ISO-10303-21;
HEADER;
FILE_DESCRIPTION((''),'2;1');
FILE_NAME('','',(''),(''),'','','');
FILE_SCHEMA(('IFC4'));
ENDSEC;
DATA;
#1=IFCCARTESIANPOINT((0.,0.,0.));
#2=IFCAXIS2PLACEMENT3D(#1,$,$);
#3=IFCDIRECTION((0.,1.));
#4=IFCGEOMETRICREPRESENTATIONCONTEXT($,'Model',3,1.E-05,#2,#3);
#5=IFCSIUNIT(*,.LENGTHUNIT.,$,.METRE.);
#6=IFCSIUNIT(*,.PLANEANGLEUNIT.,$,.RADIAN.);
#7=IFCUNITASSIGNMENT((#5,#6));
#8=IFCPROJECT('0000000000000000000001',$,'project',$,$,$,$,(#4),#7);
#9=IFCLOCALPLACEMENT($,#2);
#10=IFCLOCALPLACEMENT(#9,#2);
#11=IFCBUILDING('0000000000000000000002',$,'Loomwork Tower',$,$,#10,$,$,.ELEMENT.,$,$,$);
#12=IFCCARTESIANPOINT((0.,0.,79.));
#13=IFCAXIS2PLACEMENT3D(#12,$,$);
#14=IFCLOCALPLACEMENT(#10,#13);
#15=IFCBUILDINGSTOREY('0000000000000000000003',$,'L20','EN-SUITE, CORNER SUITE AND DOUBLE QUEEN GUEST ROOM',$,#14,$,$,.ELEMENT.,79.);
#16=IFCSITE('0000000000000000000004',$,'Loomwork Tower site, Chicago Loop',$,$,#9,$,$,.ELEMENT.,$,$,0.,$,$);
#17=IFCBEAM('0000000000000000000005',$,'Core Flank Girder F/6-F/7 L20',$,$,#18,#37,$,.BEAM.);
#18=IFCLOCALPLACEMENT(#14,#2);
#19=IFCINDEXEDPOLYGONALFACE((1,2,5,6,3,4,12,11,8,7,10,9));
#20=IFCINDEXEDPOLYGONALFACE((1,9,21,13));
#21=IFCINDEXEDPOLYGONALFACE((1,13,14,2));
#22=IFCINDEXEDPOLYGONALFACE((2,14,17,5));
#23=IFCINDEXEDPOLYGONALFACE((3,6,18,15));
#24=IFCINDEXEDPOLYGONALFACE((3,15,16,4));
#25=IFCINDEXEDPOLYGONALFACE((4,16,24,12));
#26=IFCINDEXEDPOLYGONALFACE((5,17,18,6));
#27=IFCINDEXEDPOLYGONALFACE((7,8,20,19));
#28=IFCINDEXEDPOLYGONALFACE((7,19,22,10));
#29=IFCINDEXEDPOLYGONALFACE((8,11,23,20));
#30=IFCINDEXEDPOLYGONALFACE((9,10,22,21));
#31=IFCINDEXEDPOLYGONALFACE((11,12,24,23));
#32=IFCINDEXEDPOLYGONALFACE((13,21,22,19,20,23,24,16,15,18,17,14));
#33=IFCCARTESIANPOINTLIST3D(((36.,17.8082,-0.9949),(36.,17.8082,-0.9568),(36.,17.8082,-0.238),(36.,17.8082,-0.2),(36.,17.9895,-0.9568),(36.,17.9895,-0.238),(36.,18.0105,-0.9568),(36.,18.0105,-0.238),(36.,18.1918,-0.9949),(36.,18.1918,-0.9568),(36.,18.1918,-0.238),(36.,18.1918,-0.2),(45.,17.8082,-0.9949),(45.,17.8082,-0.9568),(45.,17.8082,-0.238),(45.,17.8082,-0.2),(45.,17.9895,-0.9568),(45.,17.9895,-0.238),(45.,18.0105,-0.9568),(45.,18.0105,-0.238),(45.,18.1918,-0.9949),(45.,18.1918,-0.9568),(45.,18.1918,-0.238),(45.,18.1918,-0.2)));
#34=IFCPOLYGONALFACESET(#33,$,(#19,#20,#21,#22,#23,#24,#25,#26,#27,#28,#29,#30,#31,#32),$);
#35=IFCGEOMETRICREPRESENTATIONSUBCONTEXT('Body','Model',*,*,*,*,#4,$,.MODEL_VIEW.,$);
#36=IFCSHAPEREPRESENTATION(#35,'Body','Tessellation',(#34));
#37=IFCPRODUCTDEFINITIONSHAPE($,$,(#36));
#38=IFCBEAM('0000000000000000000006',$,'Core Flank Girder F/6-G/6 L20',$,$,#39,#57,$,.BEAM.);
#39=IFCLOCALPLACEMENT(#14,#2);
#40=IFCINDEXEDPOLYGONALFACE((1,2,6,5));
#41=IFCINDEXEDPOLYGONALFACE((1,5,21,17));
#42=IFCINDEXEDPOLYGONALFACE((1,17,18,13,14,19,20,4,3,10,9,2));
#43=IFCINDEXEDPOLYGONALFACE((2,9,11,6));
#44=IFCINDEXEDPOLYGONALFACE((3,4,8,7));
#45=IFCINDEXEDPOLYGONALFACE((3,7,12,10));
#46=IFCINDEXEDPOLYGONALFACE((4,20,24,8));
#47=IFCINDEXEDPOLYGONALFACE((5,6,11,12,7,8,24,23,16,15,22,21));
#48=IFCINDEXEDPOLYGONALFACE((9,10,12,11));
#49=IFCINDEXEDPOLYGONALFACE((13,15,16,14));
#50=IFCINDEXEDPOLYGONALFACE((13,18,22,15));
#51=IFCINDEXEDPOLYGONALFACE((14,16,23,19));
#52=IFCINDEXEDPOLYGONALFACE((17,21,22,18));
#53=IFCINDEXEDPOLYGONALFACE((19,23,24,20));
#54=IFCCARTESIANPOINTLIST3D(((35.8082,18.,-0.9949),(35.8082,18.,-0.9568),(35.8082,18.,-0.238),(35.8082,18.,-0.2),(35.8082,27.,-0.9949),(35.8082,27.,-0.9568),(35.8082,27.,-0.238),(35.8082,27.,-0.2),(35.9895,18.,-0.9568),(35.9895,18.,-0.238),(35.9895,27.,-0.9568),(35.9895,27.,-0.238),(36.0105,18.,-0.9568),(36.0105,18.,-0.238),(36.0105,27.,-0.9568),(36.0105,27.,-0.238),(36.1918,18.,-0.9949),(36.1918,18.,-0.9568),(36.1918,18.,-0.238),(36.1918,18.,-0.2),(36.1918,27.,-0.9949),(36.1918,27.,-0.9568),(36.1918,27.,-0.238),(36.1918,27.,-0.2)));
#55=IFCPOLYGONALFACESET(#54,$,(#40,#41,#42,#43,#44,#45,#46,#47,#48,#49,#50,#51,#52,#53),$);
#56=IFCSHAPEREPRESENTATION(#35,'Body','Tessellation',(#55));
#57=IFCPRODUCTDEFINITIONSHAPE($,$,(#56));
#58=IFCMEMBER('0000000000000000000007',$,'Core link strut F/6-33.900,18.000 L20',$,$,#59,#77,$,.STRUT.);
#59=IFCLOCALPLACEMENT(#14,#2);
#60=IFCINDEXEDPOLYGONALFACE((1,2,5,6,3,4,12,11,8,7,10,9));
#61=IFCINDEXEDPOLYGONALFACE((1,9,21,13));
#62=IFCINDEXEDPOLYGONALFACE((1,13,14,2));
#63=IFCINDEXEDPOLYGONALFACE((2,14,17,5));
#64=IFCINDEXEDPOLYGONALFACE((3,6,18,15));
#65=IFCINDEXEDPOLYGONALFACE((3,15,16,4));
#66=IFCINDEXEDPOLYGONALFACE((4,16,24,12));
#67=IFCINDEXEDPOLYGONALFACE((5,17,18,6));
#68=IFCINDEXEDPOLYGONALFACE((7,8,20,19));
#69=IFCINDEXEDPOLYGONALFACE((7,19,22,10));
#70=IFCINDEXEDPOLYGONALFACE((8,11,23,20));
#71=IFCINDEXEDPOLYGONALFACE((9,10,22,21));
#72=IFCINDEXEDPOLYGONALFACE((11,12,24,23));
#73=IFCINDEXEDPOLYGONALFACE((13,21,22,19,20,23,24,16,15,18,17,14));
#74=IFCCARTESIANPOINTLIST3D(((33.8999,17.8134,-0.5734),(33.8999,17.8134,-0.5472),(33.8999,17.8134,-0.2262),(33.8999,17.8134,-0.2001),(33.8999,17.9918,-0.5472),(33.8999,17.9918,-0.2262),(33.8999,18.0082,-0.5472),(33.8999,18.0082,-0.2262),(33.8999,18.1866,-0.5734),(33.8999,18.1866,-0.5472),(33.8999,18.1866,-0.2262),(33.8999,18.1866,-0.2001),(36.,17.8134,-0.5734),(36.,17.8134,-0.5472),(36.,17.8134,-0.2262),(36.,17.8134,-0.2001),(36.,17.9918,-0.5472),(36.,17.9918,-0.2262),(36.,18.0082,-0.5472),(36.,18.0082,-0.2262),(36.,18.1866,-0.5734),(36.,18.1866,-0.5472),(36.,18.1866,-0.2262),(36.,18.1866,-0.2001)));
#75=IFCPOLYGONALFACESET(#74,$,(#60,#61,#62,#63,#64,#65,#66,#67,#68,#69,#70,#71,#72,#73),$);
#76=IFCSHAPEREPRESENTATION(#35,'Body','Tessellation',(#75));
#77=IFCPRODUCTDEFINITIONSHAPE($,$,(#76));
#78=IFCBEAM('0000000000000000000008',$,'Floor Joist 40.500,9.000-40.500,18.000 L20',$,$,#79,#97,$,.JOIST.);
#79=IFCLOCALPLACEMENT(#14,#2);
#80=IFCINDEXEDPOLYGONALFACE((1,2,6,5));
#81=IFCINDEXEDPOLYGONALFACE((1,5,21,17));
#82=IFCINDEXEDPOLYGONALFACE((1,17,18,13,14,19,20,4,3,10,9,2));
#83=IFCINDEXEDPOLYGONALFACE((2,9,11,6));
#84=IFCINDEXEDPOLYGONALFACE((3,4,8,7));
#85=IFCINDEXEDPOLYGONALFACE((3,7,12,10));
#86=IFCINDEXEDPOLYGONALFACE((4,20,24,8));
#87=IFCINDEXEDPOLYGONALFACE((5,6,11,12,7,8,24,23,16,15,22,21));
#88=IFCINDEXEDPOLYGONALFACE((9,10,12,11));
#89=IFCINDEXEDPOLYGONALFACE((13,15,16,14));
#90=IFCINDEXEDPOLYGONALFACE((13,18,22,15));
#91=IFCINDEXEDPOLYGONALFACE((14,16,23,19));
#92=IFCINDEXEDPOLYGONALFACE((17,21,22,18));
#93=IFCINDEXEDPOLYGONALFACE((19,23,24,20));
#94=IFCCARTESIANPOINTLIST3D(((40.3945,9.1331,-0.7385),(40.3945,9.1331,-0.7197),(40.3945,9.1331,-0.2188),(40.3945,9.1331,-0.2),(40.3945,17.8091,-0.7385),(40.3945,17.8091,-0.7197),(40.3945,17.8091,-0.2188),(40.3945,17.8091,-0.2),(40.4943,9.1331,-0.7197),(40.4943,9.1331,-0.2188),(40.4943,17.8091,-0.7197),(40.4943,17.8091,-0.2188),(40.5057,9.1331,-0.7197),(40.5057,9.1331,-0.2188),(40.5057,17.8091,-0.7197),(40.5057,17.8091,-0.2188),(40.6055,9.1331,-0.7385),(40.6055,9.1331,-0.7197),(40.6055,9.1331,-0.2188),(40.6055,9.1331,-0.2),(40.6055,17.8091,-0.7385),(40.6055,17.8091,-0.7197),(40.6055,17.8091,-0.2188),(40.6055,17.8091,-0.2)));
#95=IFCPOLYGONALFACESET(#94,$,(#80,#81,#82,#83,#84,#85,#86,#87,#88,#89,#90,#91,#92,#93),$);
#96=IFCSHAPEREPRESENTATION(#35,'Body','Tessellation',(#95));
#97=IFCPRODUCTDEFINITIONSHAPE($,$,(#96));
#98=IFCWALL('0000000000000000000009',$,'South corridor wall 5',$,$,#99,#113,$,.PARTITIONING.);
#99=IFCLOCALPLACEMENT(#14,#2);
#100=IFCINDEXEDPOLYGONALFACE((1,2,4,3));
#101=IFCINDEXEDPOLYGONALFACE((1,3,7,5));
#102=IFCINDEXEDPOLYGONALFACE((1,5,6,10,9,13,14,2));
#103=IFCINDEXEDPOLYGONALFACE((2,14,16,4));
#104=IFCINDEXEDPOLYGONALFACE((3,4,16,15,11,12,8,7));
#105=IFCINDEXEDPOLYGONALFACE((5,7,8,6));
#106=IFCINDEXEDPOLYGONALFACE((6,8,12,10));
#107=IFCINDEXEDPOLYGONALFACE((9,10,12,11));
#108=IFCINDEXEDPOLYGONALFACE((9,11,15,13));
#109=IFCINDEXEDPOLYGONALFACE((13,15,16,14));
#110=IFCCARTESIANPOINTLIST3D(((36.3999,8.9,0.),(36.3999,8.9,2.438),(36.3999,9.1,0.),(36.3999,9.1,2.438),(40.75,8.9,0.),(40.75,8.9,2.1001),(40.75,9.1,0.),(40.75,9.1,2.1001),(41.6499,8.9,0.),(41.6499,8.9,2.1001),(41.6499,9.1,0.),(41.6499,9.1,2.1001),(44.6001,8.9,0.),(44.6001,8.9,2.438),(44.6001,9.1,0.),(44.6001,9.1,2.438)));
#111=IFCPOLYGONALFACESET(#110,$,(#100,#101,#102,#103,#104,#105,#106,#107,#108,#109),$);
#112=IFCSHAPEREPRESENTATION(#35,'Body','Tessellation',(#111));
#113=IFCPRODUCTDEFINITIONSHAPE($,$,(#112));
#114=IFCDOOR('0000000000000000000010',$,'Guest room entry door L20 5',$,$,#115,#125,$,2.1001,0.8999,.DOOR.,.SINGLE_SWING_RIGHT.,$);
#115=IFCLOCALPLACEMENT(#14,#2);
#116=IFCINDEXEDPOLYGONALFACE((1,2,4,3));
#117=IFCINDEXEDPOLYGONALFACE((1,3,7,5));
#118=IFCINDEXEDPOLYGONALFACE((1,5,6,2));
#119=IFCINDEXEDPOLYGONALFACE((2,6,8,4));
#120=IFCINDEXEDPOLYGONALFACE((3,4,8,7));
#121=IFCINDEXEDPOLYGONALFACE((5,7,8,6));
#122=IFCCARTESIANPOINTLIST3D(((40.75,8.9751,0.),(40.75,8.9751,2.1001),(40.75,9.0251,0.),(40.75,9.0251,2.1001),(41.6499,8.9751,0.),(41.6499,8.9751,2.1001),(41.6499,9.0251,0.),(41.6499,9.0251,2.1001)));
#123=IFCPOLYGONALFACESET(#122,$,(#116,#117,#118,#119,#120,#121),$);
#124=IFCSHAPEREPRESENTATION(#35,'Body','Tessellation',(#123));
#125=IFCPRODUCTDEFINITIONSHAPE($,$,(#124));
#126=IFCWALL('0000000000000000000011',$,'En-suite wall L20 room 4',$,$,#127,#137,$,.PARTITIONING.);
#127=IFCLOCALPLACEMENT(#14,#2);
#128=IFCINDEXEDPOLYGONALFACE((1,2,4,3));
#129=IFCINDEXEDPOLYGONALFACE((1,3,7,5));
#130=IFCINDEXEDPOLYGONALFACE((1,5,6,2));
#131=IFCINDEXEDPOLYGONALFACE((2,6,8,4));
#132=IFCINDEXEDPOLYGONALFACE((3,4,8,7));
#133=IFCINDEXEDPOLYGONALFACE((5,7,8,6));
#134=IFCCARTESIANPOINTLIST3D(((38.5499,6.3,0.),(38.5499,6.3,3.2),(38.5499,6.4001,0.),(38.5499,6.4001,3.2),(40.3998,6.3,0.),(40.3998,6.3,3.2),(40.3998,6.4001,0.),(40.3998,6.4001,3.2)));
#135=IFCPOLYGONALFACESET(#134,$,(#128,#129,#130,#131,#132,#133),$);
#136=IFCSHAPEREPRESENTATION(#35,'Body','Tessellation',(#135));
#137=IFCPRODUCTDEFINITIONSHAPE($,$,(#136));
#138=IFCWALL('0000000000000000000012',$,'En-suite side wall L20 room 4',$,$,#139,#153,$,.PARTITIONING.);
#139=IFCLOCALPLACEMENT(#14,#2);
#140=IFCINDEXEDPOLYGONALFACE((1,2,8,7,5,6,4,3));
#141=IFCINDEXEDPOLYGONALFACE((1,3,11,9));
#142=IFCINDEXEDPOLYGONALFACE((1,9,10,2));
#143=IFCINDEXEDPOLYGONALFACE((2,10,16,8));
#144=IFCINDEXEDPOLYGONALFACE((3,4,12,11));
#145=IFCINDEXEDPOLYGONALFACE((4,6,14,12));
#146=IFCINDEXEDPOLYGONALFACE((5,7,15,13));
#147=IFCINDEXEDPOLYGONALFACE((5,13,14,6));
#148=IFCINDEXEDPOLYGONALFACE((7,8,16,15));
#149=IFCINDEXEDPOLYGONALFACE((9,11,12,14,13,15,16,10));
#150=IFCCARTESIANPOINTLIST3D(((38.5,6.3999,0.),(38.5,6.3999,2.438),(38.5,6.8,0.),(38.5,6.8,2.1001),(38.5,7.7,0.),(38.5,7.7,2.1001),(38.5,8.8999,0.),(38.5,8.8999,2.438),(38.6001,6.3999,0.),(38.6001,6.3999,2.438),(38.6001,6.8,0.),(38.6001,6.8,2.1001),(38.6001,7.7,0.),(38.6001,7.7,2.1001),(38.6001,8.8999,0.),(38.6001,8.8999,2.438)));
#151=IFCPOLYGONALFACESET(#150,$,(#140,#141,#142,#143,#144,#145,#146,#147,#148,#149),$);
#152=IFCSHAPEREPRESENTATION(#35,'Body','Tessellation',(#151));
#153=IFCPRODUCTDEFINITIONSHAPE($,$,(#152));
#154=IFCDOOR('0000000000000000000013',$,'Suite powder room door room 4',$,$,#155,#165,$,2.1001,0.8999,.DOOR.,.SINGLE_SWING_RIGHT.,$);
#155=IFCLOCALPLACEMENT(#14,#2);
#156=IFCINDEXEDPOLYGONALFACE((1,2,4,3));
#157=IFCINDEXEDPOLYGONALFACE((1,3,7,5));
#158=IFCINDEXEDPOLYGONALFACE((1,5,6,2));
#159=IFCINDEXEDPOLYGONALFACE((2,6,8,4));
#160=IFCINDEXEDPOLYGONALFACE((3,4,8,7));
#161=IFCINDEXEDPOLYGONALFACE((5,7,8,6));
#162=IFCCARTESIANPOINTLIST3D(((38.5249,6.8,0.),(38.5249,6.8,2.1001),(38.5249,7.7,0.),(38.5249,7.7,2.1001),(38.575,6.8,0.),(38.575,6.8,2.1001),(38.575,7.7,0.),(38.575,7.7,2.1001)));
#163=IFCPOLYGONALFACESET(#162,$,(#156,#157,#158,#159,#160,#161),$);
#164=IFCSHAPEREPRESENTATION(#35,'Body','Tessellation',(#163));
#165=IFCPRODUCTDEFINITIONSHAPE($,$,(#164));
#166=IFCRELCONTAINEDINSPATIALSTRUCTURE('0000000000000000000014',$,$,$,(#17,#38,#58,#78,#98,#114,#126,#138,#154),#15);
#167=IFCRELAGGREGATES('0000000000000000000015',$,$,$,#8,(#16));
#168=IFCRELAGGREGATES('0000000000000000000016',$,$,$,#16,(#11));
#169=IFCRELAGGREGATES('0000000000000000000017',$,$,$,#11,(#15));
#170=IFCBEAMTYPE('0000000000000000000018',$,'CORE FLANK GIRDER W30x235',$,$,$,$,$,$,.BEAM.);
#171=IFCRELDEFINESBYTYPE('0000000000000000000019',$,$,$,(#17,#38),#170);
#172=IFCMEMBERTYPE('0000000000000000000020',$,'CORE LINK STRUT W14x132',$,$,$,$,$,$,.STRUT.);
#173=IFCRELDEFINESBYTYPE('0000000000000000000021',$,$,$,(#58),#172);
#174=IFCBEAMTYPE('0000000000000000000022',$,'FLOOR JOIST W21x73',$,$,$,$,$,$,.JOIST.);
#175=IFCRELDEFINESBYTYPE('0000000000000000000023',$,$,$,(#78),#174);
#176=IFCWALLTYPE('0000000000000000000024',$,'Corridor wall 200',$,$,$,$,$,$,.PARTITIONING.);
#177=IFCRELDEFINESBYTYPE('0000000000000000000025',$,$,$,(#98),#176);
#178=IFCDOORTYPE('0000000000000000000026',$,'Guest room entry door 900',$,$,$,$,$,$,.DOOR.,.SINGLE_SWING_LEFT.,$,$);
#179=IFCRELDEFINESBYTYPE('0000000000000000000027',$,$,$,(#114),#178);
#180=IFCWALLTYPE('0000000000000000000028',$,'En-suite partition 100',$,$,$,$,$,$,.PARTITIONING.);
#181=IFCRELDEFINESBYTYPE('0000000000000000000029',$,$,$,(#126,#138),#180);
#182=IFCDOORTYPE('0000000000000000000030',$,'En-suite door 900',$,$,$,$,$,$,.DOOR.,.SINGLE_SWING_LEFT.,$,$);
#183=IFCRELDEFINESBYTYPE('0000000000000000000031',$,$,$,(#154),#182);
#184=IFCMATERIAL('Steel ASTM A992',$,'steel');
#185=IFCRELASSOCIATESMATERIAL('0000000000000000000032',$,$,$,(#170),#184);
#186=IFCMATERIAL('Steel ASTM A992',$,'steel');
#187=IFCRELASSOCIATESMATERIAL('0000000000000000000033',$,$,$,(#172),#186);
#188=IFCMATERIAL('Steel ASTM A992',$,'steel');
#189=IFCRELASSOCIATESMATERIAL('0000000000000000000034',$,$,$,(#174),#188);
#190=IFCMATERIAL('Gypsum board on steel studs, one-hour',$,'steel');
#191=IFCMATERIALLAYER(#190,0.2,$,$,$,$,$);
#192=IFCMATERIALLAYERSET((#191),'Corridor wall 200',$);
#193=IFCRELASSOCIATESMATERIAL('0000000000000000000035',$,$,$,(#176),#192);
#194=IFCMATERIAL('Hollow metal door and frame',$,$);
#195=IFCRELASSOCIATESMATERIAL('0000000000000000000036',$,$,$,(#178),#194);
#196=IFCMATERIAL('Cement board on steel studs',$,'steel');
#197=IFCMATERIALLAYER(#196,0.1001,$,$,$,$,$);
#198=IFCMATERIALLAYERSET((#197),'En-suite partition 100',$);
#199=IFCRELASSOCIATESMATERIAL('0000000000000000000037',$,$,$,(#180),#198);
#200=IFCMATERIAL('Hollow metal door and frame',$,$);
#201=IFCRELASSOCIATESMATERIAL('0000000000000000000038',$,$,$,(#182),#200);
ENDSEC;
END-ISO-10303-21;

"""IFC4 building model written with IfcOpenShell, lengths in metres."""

from ifc_helpers import new_model, si_unit, direction, frame, frame_2d, origin, origin_2d, place, context, subcontext, project, spatial, rectangle, i_section, extrude, material, layer, layer_set, material_profile, profile_set, type_object, element, fill, save


model = new_model("IFC4")

# Units and contexts
model_context = context("Model", 3, precision=1e-05, world=origin(), true_north=direction((0.0, 1.0)))
body_context = subcontext(model_context, "Body", "Model", "MODEL_VIEW")
ifc_project = project(units=[si_unit("LENGTHUNIT", "METRE"), si_unit("PLANEANGLEUNIT", "RADIAN")], contexts=[model_context])

# Site, building, storey
site_placement = place(None, origin())
site = spatial("IfcSite", under=ifc_project, at=site_placement, Name="Loomwork Tower site, Chicago Loop", CompositionType="ELEMENT", RefElevation=0.0)
building_placement = place(site_placement, origin())
building = spatial("IfcBuilding", under=site, at=building_placement, Name="Loomwork Tower", CompositionType="ELEMENT")
storey_placement = place(building_placement, frame((0.0, 0.0, 79.0)))
storey = spatial("IfcBuildingStorey", under=building, at=storey_placement, Name="L20", Description="EN-SUITE, CORNER SUITE AND DOUBLE QUEEN GUEST ROOM", CompositionType="ELEMENT", Elevation=79.0)

# Beams
ifc_material_1 = material(Name="Steel ASTM A992", Category="steel")
ifc_material_profile_1 = material_profile(ifc_material_1, i_section(OverallWidth=0.3835, OverallDepth=0.7949, WebThickness=0.021, FlangeThickness=0.0381, at=origin_2d()), Name="W30x235")
ifc_profile_set_1 = profile_set([ifc_material_profile_1], Name="Steel ASTM A992")
beam_type_1 = type_object("IfcBeamType", Name="CORE FLANK GIRDER W30x235", PredefinedType="BEAM", material=ifc_profile_set_1)
for number, where, z_axis, x_axis, name in (
    (1, (36.0, 18.0, -0.5974), (1.0, 0.0, 0.0), (0.0, 1.0, 0.0), "Core Flank Girder F/6-F/7 L20"),
    (2, (36.0, 18.0, -0.5974), (0.0, 1.0, 0.0), (-1.0, 0.0, 0.0), "Core Flank Girder F/6-G/6 L20"),
):
    element("IfcBeam", number, at=place(storey_placement, frame(where, z_axis=z_axis, x_axis=x_axis)), inside=storey, type_object=beam_type_1, Name=name, PredefinedType="BEAM", context=body_context, shape_type="SweptSolid", body=[
        extrude(i_section(OverallWidth=0.3835, OverallDepth=0.7949, WebThickness=0.021, FlangeThickness=0.0381, at=origin_2d()), origin(), (0.0, 0.0, 1.0), 9.0),
    ])

# Member
ifc_material_2 = material(Name="Steel ASTM A992", Category="steel")
ifc_material_profile_2 = material_profile(ifc_material_2, i_section(OverallWidth=0.3733, OverallDepth=0.3733, WebThickness=0.0164, FlangeThickness=0.0261, at=origin_2d()), Name="W14x132")
ifc_profile_set_2 = profile_set([ifc_material_profile_2], Name="Steel ASTM A992")
member_type = type_object("IfcMemberType", Name="CORE LINK STRUT W14x132", PredefinedType="STRUT", material=ifc_profile_set_2)
member_placement = place(storey_placement, frame((36.0, 18.0, -0.3867), z_axis=(-1.0, 0.0, 0.0), x_axis=(0.0, -1.0, 0.0)))
element("IfcMember", 3, at=member_placement, inside=storey, type_object=member_type, Name="Core link strut F/6-33.900,18.000 L20", PredefinedType="STRUT", context=body_context, shape_type="SweptSolid", body=[
    extrude(i_section(OverallWidth=0.3733, OverallDepth=0.3733, WebThickness=0.0164, FlangeThickness=0.0261, at=origin_2d()), origin(), (0.0, 0.0, 1.0), 2.1001),
])

# Beam
ifc_material_3 = material(Name="Steel ASTM A992", Category="steel")
ifc_material_profile_3 = material_profile(ifc_material_3, i_section(OverallWidth=0.2109, OverallDepth=0.5386, WebThickness=0.0115, FlangeThickness=0.0188, at=origin_2d()), Name="W21x73")
ifc_profile_set_3 = profile_set([ifc_material_profile_3], Name="Steel ASTM A992")
beam_type_2 = type_object("IfcBeamType", Name="FLOOR JOIST W21x73", PredefinedType="JOIST", material=ifc_profile_set_3)
beam_placement = place(storey_placement, frame((40.5, 9.1331, -0.4692), z_axis=(0.0, 1.0, 0.0), x_axis=(-1.0, 0.0, 0.0)))
element("IfcBeam", 4, at=beam_placement, inside=storey, type_object=beam_type_2, Name="Floor Joist 40.500,9.000-40.500,18.000 L20", PredefinedType="JOIST", context=body_context, shape_type="SweptSolid", body=[
    extrude(i_section(OverallWidth=0.2109, OverallDepth=0.5386, WebThickness=0.0115, FlangeThickness=0.0188, at=origin_2d()), origin(), (0.0, 0.0, 1.0), 8.676),
])

# Wall, opening, door
ifc_material_4 = material(Name="Gypsum board on steel studs, one-hour", Category="steel")
ifc_layer_1 = layer(ifc_material_4, 0.2)
ifc_layer_set_1 = layer_set([ifc_layer_1], Name="Corridor wall 200")
wall_type_1 = type_object("IfcWallType", Name="Corridor wall 200", PredefinedType="PARTITIONING", material=ifc_layer_set_1)
wall_1_placement = place(storey_placement, frame((36.3999, 9.0, 0.0), z_axis=(0.0, 0.0, 1.0), x_axis=(1.0, 0.0, 0.0)))
wall_1 = element("IfcWall", 5, at=wall_1_placement, inside=storey, type_object=wall_type_1, Name="South corridor wall 5", PredefinedType="PARTITIONING", context=body_context, shape_type="SweptSolid", body=[
    extrude(rectangle(XDim=8.2002, YDim=0.2, at=frame_2d((4.1001, 0.0))), origin(), (0.0, 0.0, 1.0), 2.438),
])
opening_1_placement = place(wall_1_placement, frame((4.3501, 0.0, 0.0)))
opening_1 = element("IfcOpeningElement", 6, at=opening_1_placement, cuts=wall_1, PredefinedType="OPENING", context=body_context, shape_type="SweptSolid", body=[
    extrude(rectangle(XDim=0.8999, YDim=2.1001, at=frame_2d((0.45, 1.05))), frame((0.0, 0.1099, 0.0), z_axis=(0.0, -1.0, 0.0), x_axis=(1.0, 0.0, 0.0)), (0.0, 0.0, 1.0), 0.22),
])
ifc_material_5 = material(Name="Hollow metal door and frame")
door_type_1 = type_object("IfcDoorType", Name="Guest room entry door 900", OperationType="SINGLE_SWING_LEFT", PredefinedType="DOOR", material=ifc_material_5)
door_1_placement = place(opening_1_placement, frame((0.8999, 0.0, 0.0), z_axis=(0.0, 0.0, 1.0), x_axis=(-1.0, 0.0, 0.0)))
door_1 = element("IfcDoor", 7, at=door_1_placement, inside=storey, type_object=door_type_1, Name="Guest room entry door L20 5", OperationType="SINGLE_SWING_RIGHT", OverallHeight=2.1001, OverallWidth=0.8999, PredefinedType="DOOR", context=body_context, shape_type="SweptSolid", body=[
    extrude(rectangle(XDim=0.8999, YDim=2.1001, at=frame_2d((0.45, 1.05))), frame((0.0, 0.0249, 0.0), z_axis=(0.0, -1.0, 0.0), x_axis=(1.0, 0.0, 0.0)), (0.0, 0.0, 1.0), 0.05),
])
fill(opening_1, door_1)

# Wall
ifc_material_6 = material(Name="Cement board on steel studs", Category="steel")
ifc_layer_2 = layer(ifc_material_6, 0.1001)
ifc_layer_set_2 = layer_set([ifc_layer_2], Name="En-suite partition 100")
wall_type_2 = type_object("IfcWallType", Name="En-suite partition 100", PredefinedType="PARTITIONING", material=ifc_layer_set_2)
wall_2_placement = place(storey_placement, frame((38.55, 6.3501, 0.0), z_axis=(0.0, 0.0, 1.0), x_axis=(1.0, 0.0, 0.0)))
element("IfcWall", 8, at=wall_2_placement, inside=storey, type_object=wall_type_2, Name="En-suite wall L20 room 4", PredefinedType="PARTITIONING", context=body_context, shape_type="SweptSolid", body=[
    extrude(rectangle(XDim=1.8499, YDim=0.1001, at=frame_2d((0.9248, 0.0))), origin(), (0.0, 0.0, 1.0), 3.2),
])

# Wall, opening, door
wall_3_placement = place(storey_placement, frame((38.55, 8.8999, 0.0), z_axis=(0.0, 0.0, 1.0), x_axis=(0.0, -1.0, 0.0)))
wall_3 = element("IfcWall", 9, at=wall_3_placement, inside=storey, type_object=wall_type_2, Name="En-suite side wall L20 room 4", PredefinedType="PARTITIONING", context=body_context, shape_type="SweptSolid", body=[
    extrude(rectangle(XDim=2.5, YDim=0.1001, at=frame_2d((1.25, 0.0))), origin(), (0.0, 0.0, 1.0), 2.438),
])
opening_2_placement = place(wall_3_placement, frame((1.2, 0.0, 0.0)))
opening_2 = element("IfcOpeningElement", 10, at=opening_2_placement, cuts=wall_3, PredefinedType="OPENING", context=body_context, shape_type="SweptSolid", body=[
    extrude(rectangle(XDim=0.8999, YDim=2.1001, at=frame_2d((0.45, 1.05))), frame((0.0, 0.0601, 0.0), z_axis=(0.0, -1.0, 0.0), x_axis=(1.0, 0.0, 0.0)), (0.0, 0.0, 1.0), 0.1201),
])
ifc_material_7 = material(Name="Hollow metal door and frame")
door_type_2 = type_object("IfcDoorType", Name="En-suite door 900", OperationType="SINGLE_SWING_LEFT", PredefinedType="DOOR", material=ifc_material_7)
door_2_placement = place(opening_2_placement, origin())
door_2 = element("IfcDoor", 11, at=door_2_placement, inside=storey, type_object=door_type_2, Name="Suite powder room door room 4", OperationType="SINGLE_SWING_RIGHT", OverallHeight=2.1001, OverallWidth=0.8999, PredefinedType="DOOR", context=body_context, shape_type="SweptSolid", body=[
    extrude(rectangle(XDim=0.8999, YDim=2.1001, at=frame_2d((0.45, 1.05))), frame((0.0, 0.0249, 0.0), z_axis=(0.0, -1.0, 0.0), x_axis=(1.0, 0.0, 0.0)), (0.0, 0.0, 1.0), 0.05),
])
fill(opening_2, door_2)

save(model, "model.ifc")
